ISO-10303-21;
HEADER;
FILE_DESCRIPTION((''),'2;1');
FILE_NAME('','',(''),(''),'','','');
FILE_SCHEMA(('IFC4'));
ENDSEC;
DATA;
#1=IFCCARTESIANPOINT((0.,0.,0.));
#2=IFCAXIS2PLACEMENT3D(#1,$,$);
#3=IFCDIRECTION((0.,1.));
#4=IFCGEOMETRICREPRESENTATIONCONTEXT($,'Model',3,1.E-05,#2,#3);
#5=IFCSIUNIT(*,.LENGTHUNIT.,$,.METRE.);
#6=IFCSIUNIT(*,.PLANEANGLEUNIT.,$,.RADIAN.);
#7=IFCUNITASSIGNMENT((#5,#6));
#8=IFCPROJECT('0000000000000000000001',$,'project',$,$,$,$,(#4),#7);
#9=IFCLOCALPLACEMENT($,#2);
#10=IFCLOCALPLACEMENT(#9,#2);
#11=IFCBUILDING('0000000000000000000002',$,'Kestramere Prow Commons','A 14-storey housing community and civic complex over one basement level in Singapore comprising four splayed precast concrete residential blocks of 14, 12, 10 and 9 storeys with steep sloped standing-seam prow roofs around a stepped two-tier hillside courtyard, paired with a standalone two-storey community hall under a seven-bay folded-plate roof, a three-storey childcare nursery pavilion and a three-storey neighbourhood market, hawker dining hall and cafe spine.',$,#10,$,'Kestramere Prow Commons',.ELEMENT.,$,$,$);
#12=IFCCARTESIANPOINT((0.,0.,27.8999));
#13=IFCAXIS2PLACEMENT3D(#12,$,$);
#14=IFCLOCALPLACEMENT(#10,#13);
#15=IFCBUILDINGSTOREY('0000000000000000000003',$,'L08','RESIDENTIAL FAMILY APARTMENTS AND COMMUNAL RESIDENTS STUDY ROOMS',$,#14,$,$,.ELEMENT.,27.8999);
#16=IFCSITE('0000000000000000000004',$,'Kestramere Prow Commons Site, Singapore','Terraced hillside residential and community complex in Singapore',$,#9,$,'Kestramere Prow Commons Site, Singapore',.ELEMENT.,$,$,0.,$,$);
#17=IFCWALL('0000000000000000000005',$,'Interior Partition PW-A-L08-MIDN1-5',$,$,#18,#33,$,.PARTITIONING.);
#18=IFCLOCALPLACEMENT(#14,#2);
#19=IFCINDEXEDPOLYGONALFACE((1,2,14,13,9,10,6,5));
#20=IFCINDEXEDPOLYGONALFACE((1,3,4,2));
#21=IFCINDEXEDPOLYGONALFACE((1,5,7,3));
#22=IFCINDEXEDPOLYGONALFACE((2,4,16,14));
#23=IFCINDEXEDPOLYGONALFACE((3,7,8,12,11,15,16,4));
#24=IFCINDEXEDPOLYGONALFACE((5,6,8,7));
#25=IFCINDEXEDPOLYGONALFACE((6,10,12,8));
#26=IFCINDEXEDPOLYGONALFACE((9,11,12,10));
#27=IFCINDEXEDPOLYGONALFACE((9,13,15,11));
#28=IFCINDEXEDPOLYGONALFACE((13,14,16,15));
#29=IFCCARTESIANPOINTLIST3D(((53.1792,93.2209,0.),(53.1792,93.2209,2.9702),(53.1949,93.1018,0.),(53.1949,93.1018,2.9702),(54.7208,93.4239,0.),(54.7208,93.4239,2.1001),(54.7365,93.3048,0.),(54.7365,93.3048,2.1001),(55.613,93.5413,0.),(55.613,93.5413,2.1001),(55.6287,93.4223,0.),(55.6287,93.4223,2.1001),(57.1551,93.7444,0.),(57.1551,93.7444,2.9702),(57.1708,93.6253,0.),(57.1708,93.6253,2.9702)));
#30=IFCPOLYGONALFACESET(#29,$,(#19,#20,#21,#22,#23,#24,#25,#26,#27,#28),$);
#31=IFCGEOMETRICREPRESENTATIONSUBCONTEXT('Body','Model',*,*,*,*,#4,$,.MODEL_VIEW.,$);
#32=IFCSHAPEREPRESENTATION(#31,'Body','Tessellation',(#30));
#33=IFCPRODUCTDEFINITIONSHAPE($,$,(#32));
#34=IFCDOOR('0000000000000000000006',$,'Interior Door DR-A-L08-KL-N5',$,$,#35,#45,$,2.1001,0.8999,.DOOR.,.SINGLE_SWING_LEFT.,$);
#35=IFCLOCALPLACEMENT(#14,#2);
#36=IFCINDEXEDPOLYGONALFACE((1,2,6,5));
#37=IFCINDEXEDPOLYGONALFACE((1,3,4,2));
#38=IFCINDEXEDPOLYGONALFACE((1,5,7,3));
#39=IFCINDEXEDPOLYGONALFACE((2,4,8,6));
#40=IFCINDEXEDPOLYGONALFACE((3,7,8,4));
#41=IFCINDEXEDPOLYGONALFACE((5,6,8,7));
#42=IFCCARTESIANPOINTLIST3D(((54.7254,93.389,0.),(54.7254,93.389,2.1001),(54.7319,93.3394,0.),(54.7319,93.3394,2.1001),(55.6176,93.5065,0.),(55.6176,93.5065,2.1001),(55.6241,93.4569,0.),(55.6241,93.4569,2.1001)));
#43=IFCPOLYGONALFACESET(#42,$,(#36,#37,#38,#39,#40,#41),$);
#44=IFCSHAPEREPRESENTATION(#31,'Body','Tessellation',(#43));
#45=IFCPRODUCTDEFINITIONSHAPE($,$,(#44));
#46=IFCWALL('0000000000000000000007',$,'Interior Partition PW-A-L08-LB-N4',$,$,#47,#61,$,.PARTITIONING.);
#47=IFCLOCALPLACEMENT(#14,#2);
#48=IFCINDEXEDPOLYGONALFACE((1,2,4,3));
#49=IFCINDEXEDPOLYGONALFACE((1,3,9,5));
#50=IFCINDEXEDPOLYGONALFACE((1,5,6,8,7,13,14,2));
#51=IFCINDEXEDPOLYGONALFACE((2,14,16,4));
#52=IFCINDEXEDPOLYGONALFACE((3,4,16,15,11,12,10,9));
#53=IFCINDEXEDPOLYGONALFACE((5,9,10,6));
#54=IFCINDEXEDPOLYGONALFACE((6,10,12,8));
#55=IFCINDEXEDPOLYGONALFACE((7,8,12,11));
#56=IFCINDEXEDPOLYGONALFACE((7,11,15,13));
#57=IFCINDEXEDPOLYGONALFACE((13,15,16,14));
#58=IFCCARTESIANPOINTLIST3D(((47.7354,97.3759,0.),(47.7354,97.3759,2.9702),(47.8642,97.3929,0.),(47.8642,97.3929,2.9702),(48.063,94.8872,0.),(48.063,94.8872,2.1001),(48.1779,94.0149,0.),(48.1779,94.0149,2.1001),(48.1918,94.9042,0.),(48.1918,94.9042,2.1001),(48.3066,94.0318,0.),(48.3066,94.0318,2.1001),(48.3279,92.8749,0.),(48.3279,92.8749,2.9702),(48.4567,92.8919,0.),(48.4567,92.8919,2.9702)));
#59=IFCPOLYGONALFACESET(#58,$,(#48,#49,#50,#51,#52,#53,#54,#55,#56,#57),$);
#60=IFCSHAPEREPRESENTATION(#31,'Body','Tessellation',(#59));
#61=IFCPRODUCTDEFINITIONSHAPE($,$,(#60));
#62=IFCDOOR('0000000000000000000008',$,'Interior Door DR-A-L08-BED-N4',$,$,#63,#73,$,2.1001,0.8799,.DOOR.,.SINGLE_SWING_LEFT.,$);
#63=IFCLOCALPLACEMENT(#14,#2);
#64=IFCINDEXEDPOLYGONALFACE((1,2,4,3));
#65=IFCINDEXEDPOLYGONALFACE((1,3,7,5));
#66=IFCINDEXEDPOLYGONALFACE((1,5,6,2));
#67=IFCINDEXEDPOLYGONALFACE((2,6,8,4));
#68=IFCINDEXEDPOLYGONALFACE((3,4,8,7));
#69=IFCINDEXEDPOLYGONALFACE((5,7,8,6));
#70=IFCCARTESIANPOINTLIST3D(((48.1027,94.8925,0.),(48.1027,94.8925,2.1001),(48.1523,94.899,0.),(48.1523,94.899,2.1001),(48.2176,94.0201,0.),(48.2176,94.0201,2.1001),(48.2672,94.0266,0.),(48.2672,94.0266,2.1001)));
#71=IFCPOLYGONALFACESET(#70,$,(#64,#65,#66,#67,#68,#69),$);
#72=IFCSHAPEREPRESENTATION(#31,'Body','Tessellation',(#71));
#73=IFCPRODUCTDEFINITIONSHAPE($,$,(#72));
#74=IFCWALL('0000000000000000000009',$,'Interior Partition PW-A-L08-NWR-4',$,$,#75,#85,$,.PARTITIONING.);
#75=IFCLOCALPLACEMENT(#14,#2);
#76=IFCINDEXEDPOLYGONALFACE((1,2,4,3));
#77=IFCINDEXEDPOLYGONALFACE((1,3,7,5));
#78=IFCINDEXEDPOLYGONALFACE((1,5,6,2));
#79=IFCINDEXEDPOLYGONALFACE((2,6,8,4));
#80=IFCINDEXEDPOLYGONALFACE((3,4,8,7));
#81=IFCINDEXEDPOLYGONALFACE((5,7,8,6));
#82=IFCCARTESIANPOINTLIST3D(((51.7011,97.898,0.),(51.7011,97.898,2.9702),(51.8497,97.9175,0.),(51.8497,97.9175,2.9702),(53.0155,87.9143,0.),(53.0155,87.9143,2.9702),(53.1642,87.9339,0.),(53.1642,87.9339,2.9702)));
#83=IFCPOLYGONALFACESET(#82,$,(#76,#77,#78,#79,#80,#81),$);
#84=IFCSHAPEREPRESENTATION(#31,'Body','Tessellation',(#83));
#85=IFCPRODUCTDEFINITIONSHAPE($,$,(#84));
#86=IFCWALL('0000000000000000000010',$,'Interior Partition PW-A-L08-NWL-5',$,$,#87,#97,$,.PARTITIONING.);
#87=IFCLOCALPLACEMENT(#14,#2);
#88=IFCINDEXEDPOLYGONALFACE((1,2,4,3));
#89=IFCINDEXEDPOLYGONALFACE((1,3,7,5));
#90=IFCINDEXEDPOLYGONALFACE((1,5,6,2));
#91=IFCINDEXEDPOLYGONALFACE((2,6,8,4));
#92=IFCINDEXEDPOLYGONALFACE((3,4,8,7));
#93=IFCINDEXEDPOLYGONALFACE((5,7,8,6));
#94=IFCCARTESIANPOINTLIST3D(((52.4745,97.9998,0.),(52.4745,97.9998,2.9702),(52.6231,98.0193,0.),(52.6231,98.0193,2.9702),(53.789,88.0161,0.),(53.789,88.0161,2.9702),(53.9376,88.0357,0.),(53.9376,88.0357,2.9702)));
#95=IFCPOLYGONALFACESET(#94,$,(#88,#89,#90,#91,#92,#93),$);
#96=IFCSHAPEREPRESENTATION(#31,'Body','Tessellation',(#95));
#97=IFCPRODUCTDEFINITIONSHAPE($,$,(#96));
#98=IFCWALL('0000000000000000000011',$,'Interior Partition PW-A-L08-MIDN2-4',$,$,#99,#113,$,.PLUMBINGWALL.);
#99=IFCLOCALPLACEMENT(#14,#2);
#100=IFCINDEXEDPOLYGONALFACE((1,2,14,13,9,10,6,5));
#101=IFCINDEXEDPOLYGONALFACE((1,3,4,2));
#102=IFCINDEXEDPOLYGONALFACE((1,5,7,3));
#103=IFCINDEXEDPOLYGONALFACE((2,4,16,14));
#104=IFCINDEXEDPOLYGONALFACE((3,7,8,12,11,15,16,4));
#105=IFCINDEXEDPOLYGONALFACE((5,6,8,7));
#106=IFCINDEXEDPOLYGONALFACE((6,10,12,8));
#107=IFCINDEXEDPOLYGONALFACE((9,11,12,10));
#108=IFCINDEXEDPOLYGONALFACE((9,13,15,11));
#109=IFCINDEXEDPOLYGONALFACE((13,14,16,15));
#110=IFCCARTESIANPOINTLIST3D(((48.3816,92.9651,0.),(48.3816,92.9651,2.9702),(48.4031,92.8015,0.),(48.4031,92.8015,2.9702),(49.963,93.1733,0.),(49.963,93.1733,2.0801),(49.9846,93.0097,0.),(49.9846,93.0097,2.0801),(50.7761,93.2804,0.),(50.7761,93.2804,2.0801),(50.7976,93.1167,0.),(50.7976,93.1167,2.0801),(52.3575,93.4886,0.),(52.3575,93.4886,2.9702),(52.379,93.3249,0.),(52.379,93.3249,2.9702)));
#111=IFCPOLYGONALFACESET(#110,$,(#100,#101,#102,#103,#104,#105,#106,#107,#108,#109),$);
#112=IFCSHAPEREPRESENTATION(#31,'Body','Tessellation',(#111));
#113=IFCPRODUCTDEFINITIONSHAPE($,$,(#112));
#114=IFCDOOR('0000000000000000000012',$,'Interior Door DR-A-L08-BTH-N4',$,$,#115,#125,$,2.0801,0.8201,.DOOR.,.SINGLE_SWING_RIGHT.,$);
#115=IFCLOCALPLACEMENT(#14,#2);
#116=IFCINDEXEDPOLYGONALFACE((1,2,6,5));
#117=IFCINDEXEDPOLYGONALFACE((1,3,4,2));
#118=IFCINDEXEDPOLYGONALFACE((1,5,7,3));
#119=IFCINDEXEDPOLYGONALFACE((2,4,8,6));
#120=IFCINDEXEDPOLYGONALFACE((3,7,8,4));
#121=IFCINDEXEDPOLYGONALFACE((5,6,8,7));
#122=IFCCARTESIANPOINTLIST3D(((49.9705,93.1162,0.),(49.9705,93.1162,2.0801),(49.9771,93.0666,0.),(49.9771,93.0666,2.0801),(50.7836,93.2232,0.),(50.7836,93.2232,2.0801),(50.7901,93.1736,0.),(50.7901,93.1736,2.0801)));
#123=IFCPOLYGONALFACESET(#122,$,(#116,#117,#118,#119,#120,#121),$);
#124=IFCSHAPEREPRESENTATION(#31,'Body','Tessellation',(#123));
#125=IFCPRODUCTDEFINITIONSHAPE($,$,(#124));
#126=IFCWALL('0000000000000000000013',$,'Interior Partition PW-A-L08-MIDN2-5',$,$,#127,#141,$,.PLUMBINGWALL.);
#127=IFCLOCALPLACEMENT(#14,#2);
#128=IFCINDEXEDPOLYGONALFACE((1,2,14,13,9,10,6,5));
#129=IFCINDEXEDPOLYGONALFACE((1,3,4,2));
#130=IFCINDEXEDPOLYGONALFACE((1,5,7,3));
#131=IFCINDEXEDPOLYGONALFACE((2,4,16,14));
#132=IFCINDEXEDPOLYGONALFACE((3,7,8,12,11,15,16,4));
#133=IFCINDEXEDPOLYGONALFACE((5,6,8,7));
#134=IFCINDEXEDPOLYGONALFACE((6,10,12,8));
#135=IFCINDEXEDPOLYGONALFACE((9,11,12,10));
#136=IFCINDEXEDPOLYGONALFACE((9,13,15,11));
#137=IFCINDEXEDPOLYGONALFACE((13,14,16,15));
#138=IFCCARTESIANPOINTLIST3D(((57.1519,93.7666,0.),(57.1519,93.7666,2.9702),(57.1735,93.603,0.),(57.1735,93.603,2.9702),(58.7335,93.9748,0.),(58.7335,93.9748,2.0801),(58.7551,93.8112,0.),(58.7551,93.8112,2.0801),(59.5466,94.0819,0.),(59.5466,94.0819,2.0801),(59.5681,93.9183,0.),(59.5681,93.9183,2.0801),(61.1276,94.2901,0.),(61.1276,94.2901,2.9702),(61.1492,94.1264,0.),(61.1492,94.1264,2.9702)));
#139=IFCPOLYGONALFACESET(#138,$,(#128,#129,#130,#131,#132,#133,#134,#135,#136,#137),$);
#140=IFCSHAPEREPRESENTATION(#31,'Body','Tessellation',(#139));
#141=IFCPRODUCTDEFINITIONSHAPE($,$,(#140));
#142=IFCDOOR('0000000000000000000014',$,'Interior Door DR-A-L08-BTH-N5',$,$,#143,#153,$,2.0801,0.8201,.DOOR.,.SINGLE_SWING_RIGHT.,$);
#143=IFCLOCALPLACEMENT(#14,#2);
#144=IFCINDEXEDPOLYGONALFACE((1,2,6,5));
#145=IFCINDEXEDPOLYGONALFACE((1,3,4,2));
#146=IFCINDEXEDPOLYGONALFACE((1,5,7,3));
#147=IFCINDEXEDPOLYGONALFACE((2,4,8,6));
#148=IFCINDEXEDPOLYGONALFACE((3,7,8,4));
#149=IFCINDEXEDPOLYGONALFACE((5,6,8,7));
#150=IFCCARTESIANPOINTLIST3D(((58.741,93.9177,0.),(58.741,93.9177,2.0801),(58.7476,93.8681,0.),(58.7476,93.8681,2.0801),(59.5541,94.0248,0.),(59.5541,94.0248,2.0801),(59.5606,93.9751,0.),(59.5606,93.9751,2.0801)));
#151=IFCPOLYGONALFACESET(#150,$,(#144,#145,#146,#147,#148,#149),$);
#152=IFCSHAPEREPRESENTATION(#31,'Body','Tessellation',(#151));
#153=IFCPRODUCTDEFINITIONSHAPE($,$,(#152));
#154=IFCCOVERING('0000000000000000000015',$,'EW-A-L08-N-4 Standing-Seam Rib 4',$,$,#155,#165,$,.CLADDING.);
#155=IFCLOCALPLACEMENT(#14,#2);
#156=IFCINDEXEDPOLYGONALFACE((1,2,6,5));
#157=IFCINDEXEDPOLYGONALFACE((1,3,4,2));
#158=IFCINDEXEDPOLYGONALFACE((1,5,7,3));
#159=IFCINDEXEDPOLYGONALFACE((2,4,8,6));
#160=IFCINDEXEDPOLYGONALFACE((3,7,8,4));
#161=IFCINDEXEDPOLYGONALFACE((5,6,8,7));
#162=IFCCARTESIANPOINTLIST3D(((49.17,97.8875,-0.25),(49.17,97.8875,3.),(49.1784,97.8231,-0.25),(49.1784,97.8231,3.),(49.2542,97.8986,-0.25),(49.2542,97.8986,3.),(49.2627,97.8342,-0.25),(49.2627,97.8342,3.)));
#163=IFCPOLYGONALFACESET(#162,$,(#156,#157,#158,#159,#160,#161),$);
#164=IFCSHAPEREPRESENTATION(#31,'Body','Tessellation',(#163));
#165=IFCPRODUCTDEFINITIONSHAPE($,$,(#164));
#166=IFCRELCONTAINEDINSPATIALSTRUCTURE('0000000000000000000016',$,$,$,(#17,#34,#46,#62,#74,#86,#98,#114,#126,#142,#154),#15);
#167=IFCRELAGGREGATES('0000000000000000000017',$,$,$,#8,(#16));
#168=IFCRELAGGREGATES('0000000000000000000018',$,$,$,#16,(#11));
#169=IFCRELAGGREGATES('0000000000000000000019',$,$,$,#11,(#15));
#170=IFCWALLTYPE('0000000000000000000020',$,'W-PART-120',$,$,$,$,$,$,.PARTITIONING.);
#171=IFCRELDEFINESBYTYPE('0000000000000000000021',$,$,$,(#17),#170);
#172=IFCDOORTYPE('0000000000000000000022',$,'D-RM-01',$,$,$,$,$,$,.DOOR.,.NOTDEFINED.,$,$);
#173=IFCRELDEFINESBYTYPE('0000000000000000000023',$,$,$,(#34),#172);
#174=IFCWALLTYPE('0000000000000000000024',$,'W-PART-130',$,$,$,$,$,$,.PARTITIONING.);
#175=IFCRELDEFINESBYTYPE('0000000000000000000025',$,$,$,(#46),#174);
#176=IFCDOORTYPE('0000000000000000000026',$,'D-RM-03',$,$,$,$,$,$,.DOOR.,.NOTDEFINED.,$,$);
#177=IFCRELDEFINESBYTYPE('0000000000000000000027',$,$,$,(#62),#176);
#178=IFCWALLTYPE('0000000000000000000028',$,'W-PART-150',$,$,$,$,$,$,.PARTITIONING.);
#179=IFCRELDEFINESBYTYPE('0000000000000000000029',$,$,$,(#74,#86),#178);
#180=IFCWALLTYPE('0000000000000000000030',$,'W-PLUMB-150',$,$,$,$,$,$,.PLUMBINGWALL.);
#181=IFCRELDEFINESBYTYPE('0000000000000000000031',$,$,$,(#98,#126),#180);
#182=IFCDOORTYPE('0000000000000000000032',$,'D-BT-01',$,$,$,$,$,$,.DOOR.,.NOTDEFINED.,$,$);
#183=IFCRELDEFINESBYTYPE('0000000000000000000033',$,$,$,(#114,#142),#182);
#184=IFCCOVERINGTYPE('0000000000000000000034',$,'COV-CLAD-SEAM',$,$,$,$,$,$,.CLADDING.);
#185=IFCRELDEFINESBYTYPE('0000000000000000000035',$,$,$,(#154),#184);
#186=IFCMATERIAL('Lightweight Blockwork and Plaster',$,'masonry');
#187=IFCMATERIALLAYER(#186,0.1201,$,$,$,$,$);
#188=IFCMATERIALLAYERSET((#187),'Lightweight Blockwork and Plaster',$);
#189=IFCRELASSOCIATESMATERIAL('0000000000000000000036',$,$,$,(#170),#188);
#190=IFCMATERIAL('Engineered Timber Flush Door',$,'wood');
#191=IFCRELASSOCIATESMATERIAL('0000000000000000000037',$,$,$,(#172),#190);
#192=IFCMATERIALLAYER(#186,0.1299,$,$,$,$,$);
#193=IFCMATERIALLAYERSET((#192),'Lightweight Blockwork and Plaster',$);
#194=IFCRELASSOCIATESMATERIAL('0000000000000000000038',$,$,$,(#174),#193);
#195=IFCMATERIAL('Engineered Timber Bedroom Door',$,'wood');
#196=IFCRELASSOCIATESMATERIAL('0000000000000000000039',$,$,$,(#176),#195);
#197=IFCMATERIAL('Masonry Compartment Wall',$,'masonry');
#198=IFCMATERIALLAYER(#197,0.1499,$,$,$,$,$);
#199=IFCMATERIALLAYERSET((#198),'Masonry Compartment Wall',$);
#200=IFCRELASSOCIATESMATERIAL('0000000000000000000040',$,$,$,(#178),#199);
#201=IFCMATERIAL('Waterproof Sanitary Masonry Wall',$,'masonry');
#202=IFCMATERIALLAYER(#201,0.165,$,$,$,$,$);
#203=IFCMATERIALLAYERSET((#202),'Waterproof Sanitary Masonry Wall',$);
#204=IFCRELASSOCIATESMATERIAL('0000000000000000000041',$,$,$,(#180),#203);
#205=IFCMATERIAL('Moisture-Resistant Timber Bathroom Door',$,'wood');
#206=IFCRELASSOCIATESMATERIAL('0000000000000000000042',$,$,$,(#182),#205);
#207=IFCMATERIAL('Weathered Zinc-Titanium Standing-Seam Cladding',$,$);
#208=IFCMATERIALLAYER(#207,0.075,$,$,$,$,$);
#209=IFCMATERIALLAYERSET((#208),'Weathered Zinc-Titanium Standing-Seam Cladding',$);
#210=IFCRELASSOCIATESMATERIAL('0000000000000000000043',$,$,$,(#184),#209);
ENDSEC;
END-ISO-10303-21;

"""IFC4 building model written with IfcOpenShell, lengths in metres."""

from ifc_helpers import new_model, si_unit, direction, frame, frame_2d, origin, origin_2d, place, context, subcontext, project, spatial, rectangle, extrude, material, layer, layer_set, type_object, element, fill, save


model = new_model("IFC4")

# Units and contexts
model_context = context("Model", 3, precision=1e-05, world=origin(), true_north=direction((0.0, 1.0)))
body_context = subcontext(model_context, "Body", "Model", "MODEL_VIEW")
ifc_project = project(units=[si_unit("LENGTHUNIT", "METRE"), si_unit("PLANEANGLEUNIT", "RADIAN")], contexts=[model_context])

# Site, building, storey
site_placement = place(None, origin())
site = spatial("IfcSite", under=ifc_project, at=site_placement, Name="Kestramere Prow Commons Site, Singapore", Description="Terraced hillside residential and community complex in Singapore", LongName="Kestramere Prow Commons Site, Singapore", CompositionType="ELEMENT", RefElevation=0.0)
building_placement = place(site_placement, origin())
building = spatial("IfcBuilding", under=site, at=building_placement, Name="Kestramere Prow Commons", Description="A 14-storey housing community and civic complex over one basement level in Singapore comprising four splayed precast concrete residential blocks of 14, 12, 10 and 9 storeys with steep sloped standing-seam prow roofs around a stepped two-tier hillside courtyard, paired with a standalone two-storey community hall under a seven-bay folded-plate roof, a three-storey childcare nursery pavilion and a three-storey neighbourhood market, hawker dining hall and cafe spine.", LongName="Kestramere Prow Commons", CompositionType="ELEMENT")
storey_placement = place(building_placement, frame((0.0, 0.0, 27.8999)))
storey = spatial("IfcBuildingStorey", under=building, at=storey_placement, Name="L08", Description="RESIDENTIAL FAMILY APARTMENTS AND COMMUNAL RESIDENTS STUDY ROOMS", CompositionType="ELEMENT", Elevation=27.8999)

# Walls, openings, doors
ifc_material_1 = material(Name="Lightweight Blockwork and Plaster", Category="masonry")
ifc_layer_1 = layer(ifc_material_1, 0.1201)
ifc_layer_set_1 = layer_set([ifc_layer_1], Name="Lightweight Blockwork and Plaster")
wall_type_1 = type_object("IfcWallType", Name="W-PART-120", PredefinedType="PARTITIONING", material=ifc_layer_set_1)
wall_1_placement = place(storey_placement, frame((53.187, 93.1614, 0.0), z_axis=(0.0, 0.0, 1.0), x_axis=(0.991445, 0.130529, 0.0)))
wall_1 = element("IfcWall", 1, at=wall_1_placement, inside=storey, type_object=wall_type_1, Name="Interior Partition PW-A-L08-MIDN1-5", PredefinedType="PARTITIONING", context=body_context, shape_type="SweptSolid", body=[
    extrude(rectangle(XDim=4.0103, YDim=0.1201, at=frame_2d((2.0051, 0.0))), origin(), (0.0, 0.0, 1.0), 2.9702),
])
opening_1_placement = place(wall_1_placement, frame((1.5549, 0.0, 0.0)))
opening_1 = element("IfcOpeningElement", 2, at=opening_1_placement, cuts=wall_1, PredefinedType="OPENING", context=body_context, shape_type="SweptSolid", body=[
    extrude(rectangle(XDim=0.8999, YDim=2.1001, at=frame_2d((0.45, 1.05))), frame((0.0, 0.075, 0.0), z_axis=(0.0, -1.0, 0.0), x_axis=(1.0, 0.0, 0.0)), (0.0, 0.0, 1.0), 0.1501),
])
ifc_material_2 = material(Name="Engineered Timber Flush Door", Category="wood")
door_type_1 = type_object("IfcDoorType", Name="D-RM-01", OperationType="NOTDEFINED", PredefinedType="DOOR", material=ifc_material_2)
door_1_placement = place(opening_1_placement, origin())
door_1 = element("IfcDoor", 3, at=door_1_placement, inside=storey, type_object=door_type_1, Name="Interior Door DR-A-L08-KL-N5", OperationType="SINGLE_SWING_LEFT", OverallHeight=2.1001, OverallWidth=0.8999, PredefinedType="DOOR", context=body_context, shape_type="SweptSolid", body=[
    extrude(rectangle(XDim=0.8999, YDim=2.1001, at=frame_2d((0.45, 1.05))), frame((0.0, 0.0249, 0.0), z_axis=(0.0, -1.0, 0.0), x_axis=(1.0, 0.0, 0.0)), (0.0, 0.0, 1.0), 0.05),
])
fill(opening_1, door_1)
ifc_layer_2 = layer(ifc_material_1, 0.1299)
ifc_layer_set_2 = layer_set([ifc_layer_2], Name="Lightweight Blockwork and Plaster")
wall_type_2 = type_object("IfcWallType", Name="W-PART-130", PredefinedType="PARTITIONING", material=ifc_layer_set_2)
wall_2_placement = place(storey_placement, frame((48.3923, 92.8833, 0.0), z_axis=(0.0, 0.0, 1.0), x_axis=(-0.130519, 0.991446, 0.0)))
wall_2 = element("IfcWall", 4, at=wall_2_placement, inside=storey, type_object=wall_type_2, Name="Interior Partition PW-A-L08-LB-N4", PredefinedType="PARTITIONING", context=body_context, shape_type="SweptSolid", body=[
    extrude(rectangle(XDim=4.5398, YDim=0.1299, at=frame_2d((2.27, 0.0))), origin(), (0.0, 0.0, 1.0), 2.9702),
])
opening_2_placement = place(wall_2_placement, frame((1.1499, 0.0, 0.0)))
opening_2 = element("IfcOpeningElement", 5, at=opening_2_placement, cuts=wall_2, PredefinedType="OPENING", context=body_context, shape_type="SweptSolid", body=[
    extrude(rectangle(XDim=0.8799, YDim=2.1001, at=frame_2d((0.4399, 1.05))), frame((0.0, 0.0798, 0.0), z_axis=(0.0, -1.0, 0.0), x_axis=(1.0, 0.0, 0.0)), (0.0, 0.0, 1.0), 0.1599),
])
ifc_material_3 = material(Name="Engineered Timber Bedroom Door", Category="wood")
door_type_2 = type_object("IfcDoorType", Name="D-RM-03", OperationType="NOTDEFINED", PredefinedType="DOOR", material=ifc_material_3)
door_2_placement = place(opening_2_placement, origin())
door_2 = element("IfcDoor", 6, at=door_2_placement, inside=storey, type_object=door_type_2, Name="Interior Door DR-A-L08-BED-N4", OperationType="SINGLE_SWING_LEFT", OverallHeight=2.1001, OverallWidth=0.8799, PredefinedType="DOOR", context=body_context, shape_type="SweptSolid", body=[
    extrude(rectangle(XDim=0.8799, YDim=2.1001, at=frame_2d((0.4399, 1.05))), frame((0.0, 0.0249, 0.0), z_axis=(0.0, -1.0, 0.0), x_axis=(1.0, 0.0, 0.0)), (0.0, 0.0, 1.0), 0.05),
])
fill(opening_2, door_2)

# Walls
ifc_material_4 = material(Name="Masonry Compartment Wall", Category="masonry")
ifc_layer_3 = layer(ifc_material_4, 0.1499)
ifc_layer_set_3 = layer_set([ifc_layer_3], Name="Masonry Compartment Wall")
wall_type_3 = type_object("IfcWallType", Name="W-PART-150", PredefinedType="PARTITIONING", material=ifc_layer_set_3)
for number, where, z_axis, x_axis, name in (
    (7, (53.0898, 87.9241, 0.0), (0.0, 0.0, 1.0), (-0.130534, 0.991444, 0.0), "Interior Partition PW-A-L08-NWR-4"),
    (8, (53.8633, 88.0259, 0.0), (0.0, 0.0, 1.0), (-0.130534, 0.991444, 0.0), "Interior Partition PW-A-L08-NWL-5"),
):
    element("IfcWall", number, at=place(storey_placement, frame(where, z_axis=z_axis, x_axis=x_axis)), inside=storey, type_object=wall_type_3, Name=name, PredefinedType="PARTITIONING", context=body_context, shape_type="SweptSolid", body=[
        extrude(rectangle(XDim=10.0698, YDim=0.1499, at=frame_2d((5.0349, 0.0))), origin(), (0.0, 0.0, 1.0), 2.9702),
    ])

# Walls, openings, doors
ifc_material_5 = material(Name="Waterproof Sanitary Masonry Wall", Category="masonry")
ifc_layer_4 = layer(ifc_material_5, 0.165)
ifc_layer_set_4 = layer_set([ifc_layer_4], Name="Waterproof Sanitary Masonry Wall")
wall_type_4 = type_object("IfcWallType", Name="W-PLUMB-150", PredefinedType="PLUMBINGWALL", material=ifc_layer_set_4)
wall_3_placement = place(storey_placement, frame((48.3923, 92.8833, 0.0), z_axis=(0.0, 0.0, 1.0), x_axis=(0.991445, 0.130529, 0.0)))
wall_3 = element("IfcWall", 9, at=wall_3_placement, inside=storey, type_object=wall_type_4, Name="Interior Partition PW-A-L08-MIDN2-4", PredefinedType="PLUMBINGWALL", context=body_context, shape_type="SweptSolid", body=[
    extrude(rectangle(XDim=4.0103, YDim=0.165, at=frame_2d((2.0051, 0.0))), origin(), (0.0, 0.0, 1.0), 2.9702),
])
opening_3_placement = place(wall_3_placement, frame((1.595, 0.0, 0.0)))
opening_3 = element("IfcOpeningElement", 10, at=opening_3_placement, cuts=wall_3, PredefinedType="OPENING", context=body_context, shape_type="SweptSolid", body=[
    extrude(rectangle(XDim=0.8201, YDim=2.0801, at=frame_2d((0.4102, 1.04))), frame((0.0, 0.0974, 0.0), z_axis=(0.0, -1.0, 0.0), x_axis=(1.0, 0.0, 0.0)), (0.0, 0.0, 1.0), 0.1951),
])
ifc_material_6 = material(Name="Moisture-Resistant Timber Bathroom Door", Category="wood")
door_type_3 = type_object("IfcDoorType", Name="D-BT-01", OperationType="NOTDEFINED", PredefinedType="DOOR", material=ifc_material_6)
door_3_placement = place(opening_3_placement, origin())
door_3 = element("IfcDoor", 11, at=door_3_placement, inside=storey, type_object=door_type_3, Name="Interior Door DR-A-L08-BTH-N4", OperationType="SINGLE_SWING_RIGHT", OverallHeight=2.0801, OverallWidth=0.8201, PredefinedType="DOOR", context=body_context, shape_type="SweptSolid", body=[
    extrude(rectangle(XDim=0.8201, YDim=2.0801, at=frame_2d((0.4102, 1.04))), frame((0.0, 0.0249, 0.0), z_axis=(0.0, -1.0, 0.0), x_axis=(1.0, 0.0, 0.0)), (0.0, 0.0, 1.0), 0.05),
])
fill(opening_3, door_3)
wall_4_placement = place(storey_placement, frame((57.1628, 93.6848, 0.0), z_axis=(0.0, 0.0, 1.0), x_axis=(0.991444, 0.130536, 0.0)))
wall_4 = element("IfcWall", 12, at=wall_4_placement, inside=storey, type_object=wall_type_4, Name="Interior Partition PW-A-L08-MIDN2-5", PredefinedType="PLUMBINGWALL", context=body_context, shape_type="SweptSolid", body=[
    extrude(rectangle(XDim=4.01, YDim=0.165, at=frame_2d((2.0049, 0.0))), origin(), (0.0, 0.0, 1.0), 2.9702),
])
opening_4_placement = place(wall_4_placement, frame((1.595, 0.0, 0.0)))
opening_4 = element("IfcOpeningElement", 13, at=opening_4_placement, cuts=wall_4, PredefinedType="OPENING", context=body_context, shape_type="SweptSolid", body=[
    extrude(rectangle(XDim=0.8201, YDim=2.0801, at=frame_2d((0.4102, 1.04))), frame((0.0, 0.0974, 0.0), z_axis=(0.0, -1.0, 0.0), x_axis=(1.0, 0.0, 0.0)), (0.0, 0.0, 1.0), 0.1951),
])
door_4_placement = place(opening_4_placement, origin())
door_4 = element("IfcDoor", 14, at=door_4_placement, inside=storey, type_object=door_type_3, Name="Interior Door DR-A-L08-BTH-N5", OperationType="SINGLE_SWING_RIGHT", OverallHeight=2.0801, OverallWidth=0.8201, PredefinedType="DOOR", context=body_context, shape_type="SweptSolid", body=[
    extrude(rectangle(XDim=0.8201, YDim=2.0801, at=frame_2d((0.4102, 1.04))), frame((0.0, 0.0249, 0.0), z_axis=(0.0, -1.0, 0.0), x_axis=(1.0, 0.0, 0.0)), (0.0, 0.0, 1.0), 0.05),
])
fill(opening_4, door_4)

# Covering
ifc_material_7 = material(Name="Weathered Zinc-Titanium Standing-Seam Cladding")
ifc_layer_5 = layer(ifc_material_7, 0.075)
ifc_layer_set_5 = layer_set([ifc_layer_5], Name="Weathered Zinc-Titanium Standing-Seam Cladding")
covering_type = type_object("IfcCoveringType", Name="COV-CLAD-SEAM", PredefinedType="CLADDING", material=ifc_layer_set_5)
for number, where, z_axis, x_axis, name in (
    (15, (49.2163, 97.8608, -0.25), (0.0, 0.0, 1.0), (0.991445, 0.130526, 0.0), "EW-A-L08-N-4 Standing-Seam Rib 4"),
):
    element("IfcCovering", number, at=place(storey_placement, frame(where, z_axis=z_axis, x_axis=x_axis)), inside=storey, type_object=covering_type, Name=name, PredefinedType="CLADDING", context=body_context, shape_type="SweptSolid", body=[
        extrude(rectangle(XDim=0.085, YDim=0.0649, at=origin_2d()), origin(), (0.0, 0.0, 1.0), 3.25),
    ])

save(model, "model.ifc")
